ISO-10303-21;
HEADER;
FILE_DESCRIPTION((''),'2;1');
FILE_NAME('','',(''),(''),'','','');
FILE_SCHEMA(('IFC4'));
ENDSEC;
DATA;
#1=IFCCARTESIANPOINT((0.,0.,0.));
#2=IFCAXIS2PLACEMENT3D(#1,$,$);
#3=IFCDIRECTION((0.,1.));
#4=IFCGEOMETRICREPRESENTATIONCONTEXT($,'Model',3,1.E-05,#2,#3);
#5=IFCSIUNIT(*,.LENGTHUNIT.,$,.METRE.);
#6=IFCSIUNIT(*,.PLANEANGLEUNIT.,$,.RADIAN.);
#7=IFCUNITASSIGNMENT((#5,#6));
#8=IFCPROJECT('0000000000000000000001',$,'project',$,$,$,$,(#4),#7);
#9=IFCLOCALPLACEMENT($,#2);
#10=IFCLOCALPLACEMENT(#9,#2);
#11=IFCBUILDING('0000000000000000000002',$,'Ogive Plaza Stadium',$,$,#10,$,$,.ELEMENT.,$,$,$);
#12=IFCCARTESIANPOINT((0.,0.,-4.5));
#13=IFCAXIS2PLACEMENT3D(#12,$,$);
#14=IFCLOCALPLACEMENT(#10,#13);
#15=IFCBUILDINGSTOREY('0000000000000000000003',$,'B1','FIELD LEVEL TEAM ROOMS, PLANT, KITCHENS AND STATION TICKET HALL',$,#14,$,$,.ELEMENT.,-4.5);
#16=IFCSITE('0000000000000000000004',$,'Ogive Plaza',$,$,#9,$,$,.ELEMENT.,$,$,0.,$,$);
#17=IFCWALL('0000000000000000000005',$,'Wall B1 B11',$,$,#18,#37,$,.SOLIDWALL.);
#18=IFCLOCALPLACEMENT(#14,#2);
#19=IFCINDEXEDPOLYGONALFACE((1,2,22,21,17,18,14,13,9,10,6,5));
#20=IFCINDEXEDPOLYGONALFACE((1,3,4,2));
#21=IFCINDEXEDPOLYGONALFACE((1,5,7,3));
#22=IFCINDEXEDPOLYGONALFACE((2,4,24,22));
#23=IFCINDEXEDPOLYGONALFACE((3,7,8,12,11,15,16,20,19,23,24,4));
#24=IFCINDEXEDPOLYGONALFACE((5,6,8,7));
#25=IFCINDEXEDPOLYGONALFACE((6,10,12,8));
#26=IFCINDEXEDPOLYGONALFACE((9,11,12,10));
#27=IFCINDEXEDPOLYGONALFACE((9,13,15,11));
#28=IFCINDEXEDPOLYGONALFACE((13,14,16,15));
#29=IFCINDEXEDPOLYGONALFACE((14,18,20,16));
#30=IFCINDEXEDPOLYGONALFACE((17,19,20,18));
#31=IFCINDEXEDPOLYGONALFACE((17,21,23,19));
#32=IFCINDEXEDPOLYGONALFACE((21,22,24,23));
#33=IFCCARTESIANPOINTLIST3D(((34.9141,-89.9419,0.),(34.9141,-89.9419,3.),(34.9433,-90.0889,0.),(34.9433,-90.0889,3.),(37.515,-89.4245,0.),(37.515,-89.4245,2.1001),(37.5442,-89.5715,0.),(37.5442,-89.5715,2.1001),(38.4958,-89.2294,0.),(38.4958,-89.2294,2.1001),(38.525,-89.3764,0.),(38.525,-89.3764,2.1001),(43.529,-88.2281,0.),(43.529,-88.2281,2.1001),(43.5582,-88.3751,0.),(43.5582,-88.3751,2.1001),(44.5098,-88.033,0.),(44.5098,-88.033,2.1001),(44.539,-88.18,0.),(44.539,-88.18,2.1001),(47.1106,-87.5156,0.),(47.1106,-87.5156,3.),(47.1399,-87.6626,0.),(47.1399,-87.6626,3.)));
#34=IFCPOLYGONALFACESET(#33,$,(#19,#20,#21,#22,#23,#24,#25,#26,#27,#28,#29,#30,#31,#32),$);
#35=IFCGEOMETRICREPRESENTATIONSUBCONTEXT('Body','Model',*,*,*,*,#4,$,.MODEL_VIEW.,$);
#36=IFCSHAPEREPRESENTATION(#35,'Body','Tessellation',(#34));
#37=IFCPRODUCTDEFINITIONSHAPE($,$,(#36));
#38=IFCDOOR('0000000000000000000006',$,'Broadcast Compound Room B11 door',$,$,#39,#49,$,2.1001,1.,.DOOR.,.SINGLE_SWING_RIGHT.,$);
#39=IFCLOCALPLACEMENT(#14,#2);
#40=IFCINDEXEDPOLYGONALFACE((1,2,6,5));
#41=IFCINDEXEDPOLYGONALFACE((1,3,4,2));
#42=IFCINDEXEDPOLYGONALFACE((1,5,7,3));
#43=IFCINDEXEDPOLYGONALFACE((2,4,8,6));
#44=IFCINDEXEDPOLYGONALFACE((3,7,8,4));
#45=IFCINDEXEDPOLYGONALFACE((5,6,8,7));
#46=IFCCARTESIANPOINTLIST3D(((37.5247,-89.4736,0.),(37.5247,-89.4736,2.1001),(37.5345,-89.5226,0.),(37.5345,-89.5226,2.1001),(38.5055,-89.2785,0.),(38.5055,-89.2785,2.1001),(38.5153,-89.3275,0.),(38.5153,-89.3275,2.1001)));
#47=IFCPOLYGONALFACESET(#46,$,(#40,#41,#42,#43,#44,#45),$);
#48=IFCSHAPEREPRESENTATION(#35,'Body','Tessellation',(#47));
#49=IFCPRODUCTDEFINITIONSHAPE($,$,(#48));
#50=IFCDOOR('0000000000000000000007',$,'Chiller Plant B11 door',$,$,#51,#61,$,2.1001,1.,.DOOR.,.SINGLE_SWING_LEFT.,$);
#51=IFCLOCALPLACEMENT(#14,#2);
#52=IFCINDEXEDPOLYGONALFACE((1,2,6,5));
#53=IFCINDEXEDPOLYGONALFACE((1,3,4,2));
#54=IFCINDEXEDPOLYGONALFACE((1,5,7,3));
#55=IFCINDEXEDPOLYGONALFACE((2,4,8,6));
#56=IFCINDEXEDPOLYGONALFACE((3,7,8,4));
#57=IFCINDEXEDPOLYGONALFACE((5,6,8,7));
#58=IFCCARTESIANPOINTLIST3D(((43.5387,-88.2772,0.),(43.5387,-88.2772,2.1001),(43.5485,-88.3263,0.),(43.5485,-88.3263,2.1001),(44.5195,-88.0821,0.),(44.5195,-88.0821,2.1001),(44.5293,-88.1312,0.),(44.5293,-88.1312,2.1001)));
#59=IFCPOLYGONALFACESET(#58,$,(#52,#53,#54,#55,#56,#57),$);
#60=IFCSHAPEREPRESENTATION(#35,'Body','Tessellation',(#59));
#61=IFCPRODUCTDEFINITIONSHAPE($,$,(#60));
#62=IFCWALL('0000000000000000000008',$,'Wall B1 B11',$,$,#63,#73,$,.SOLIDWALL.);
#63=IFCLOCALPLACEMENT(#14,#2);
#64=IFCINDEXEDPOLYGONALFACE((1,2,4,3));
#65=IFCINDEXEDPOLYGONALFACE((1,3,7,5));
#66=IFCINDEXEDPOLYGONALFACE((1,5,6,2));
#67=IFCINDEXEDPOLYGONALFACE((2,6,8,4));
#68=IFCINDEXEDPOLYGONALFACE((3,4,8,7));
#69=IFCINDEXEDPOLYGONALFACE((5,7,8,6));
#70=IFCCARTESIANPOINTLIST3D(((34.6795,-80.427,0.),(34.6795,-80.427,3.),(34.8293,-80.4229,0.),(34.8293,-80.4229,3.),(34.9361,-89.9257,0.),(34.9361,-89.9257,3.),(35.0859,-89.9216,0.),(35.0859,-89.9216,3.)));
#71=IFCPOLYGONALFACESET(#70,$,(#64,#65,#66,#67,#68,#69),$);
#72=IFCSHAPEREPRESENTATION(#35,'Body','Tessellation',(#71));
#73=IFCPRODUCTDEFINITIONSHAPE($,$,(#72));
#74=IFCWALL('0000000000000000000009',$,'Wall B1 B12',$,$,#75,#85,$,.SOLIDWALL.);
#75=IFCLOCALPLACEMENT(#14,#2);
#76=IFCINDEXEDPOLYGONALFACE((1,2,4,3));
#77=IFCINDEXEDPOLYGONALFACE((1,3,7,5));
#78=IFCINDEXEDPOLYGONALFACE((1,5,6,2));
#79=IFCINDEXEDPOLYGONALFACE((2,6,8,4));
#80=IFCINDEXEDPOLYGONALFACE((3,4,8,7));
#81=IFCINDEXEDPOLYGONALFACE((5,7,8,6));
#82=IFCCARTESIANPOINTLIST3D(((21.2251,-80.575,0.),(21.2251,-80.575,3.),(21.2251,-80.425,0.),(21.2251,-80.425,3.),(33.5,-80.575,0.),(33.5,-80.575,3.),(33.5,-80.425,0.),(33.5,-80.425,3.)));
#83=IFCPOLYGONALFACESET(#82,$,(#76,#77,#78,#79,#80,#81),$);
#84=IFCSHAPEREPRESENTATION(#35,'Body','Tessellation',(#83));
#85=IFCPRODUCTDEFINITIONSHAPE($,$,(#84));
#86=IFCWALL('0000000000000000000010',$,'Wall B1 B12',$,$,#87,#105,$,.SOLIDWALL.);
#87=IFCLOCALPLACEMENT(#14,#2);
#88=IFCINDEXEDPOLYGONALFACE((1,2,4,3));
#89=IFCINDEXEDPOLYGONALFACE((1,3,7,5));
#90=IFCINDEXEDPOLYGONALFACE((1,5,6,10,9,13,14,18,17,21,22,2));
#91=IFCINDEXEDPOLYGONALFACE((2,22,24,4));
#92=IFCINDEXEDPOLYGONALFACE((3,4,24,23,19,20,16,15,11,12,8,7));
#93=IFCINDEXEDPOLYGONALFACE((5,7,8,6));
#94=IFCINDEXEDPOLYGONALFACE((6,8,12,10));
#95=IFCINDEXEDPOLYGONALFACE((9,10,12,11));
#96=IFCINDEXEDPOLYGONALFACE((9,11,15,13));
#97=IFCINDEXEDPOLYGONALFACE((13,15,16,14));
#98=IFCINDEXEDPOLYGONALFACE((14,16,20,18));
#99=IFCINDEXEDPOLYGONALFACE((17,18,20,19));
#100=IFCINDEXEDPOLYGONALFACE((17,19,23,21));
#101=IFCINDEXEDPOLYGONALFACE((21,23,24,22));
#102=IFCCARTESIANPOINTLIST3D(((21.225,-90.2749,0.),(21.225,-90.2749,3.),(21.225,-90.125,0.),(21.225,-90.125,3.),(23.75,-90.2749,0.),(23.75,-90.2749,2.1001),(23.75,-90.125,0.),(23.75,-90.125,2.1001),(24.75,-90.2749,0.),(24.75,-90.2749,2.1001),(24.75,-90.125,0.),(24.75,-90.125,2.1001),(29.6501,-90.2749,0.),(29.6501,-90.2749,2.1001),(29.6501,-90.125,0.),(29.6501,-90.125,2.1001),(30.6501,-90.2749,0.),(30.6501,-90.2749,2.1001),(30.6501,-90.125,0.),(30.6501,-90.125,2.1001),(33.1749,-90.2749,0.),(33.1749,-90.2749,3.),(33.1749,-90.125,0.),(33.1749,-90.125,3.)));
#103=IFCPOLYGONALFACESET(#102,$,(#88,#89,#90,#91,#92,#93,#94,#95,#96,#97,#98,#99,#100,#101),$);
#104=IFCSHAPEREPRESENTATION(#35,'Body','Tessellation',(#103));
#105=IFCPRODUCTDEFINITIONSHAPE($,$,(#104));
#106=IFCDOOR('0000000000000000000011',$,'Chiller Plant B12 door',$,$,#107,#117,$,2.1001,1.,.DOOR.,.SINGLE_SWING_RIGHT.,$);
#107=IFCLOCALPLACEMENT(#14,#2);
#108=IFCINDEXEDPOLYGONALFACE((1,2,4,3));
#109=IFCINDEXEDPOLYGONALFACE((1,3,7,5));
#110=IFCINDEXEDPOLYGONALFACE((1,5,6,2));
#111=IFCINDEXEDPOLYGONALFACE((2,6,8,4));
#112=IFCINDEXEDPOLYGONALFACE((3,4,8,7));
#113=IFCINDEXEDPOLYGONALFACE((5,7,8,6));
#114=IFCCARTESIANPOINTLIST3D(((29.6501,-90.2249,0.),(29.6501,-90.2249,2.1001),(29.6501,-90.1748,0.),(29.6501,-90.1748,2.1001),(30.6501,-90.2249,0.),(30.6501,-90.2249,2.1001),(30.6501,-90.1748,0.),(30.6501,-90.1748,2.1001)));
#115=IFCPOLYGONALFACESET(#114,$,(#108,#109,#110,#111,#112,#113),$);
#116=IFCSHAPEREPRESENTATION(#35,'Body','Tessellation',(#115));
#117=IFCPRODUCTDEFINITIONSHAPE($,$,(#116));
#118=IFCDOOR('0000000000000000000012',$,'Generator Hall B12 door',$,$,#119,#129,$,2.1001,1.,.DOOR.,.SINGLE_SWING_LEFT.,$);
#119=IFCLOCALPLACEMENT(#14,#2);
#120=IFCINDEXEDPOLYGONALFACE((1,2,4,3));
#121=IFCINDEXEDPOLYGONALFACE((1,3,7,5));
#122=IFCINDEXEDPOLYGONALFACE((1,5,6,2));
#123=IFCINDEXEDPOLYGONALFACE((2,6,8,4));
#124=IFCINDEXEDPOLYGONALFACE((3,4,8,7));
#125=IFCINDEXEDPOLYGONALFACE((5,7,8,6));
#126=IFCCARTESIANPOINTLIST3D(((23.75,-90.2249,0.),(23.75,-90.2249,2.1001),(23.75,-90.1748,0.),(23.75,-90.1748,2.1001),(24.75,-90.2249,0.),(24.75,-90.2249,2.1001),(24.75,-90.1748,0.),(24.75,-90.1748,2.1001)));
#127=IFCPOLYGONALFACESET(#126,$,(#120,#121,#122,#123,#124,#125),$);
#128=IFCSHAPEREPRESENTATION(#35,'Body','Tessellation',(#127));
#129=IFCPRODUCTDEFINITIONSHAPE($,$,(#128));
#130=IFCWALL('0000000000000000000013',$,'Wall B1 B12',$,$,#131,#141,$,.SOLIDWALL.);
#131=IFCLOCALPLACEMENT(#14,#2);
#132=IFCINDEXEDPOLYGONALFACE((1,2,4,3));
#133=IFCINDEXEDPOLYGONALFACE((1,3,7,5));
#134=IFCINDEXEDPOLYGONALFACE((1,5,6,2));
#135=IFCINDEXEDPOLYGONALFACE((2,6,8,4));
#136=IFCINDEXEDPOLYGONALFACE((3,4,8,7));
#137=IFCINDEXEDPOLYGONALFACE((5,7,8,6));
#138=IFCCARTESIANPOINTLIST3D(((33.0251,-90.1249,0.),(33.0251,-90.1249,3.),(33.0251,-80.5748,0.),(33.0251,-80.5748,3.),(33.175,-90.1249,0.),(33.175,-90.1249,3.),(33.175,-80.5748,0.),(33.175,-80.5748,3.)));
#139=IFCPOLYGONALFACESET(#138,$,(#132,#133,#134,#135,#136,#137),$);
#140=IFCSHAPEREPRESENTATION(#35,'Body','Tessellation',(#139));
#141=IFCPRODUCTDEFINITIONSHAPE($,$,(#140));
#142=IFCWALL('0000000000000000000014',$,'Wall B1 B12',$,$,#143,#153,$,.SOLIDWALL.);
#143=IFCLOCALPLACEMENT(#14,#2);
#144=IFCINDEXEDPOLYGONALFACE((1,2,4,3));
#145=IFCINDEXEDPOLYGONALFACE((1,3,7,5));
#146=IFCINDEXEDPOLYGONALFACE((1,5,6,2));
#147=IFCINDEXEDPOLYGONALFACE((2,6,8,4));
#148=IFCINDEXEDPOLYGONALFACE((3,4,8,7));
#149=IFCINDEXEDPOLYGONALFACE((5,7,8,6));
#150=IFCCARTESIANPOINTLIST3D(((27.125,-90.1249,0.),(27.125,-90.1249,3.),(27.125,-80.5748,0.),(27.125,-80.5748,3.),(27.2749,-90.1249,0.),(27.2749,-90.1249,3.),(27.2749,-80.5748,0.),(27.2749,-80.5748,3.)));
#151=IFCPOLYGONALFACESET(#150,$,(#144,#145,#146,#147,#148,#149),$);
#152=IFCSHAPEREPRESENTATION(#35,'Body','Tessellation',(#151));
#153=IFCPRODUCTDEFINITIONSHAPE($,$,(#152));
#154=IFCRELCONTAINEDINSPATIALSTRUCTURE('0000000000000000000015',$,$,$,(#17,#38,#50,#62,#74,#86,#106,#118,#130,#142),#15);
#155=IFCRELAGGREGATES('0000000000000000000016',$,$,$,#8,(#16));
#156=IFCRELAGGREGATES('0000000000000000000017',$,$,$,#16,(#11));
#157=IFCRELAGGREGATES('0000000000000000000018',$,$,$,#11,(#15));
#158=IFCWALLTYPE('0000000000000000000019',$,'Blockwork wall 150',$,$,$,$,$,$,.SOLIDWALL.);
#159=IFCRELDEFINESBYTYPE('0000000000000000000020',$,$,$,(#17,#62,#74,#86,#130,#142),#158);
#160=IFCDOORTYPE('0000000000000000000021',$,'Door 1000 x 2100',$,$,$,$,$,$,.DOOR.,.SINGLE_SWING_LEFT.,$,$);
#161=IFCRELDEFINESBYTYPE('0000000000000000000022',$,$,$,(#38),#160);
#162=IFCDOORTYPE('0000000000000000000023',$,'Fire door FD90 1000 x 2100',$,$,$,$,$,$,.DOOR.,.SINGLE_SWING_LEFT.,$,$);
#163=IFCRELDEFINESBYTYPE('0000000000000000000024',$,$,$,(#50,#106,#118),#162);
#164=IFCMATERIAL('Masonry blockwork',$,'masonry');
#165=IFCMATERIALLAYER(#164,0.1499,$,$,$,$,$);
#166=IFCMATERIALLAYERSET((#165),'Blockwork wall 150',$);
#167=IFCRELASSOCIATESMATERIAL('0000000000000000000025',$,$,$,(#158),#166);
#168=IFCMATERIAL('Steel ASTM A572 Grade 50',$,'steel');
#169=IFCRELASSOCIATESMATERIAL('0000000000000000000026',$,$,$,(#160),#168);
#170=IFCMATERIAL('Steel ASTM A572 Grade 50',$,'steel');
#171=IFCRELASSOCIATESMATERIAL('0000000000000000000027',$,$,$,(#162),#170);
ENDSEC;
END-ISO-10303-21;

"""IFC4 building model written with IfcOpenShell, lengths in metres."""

from ifc_helpers import new_model, si_unit, direction, frame, frame_2d, origin, place, context, subcontext, project, spatial, rectangle, extrude, material, layer, layer_set, type_object, element, fill, save


model = new_model("IFC4")

# Units and contexts
model_context = context("Model", 3, precision=1e-05, world=origin(), true_north=direction((0.0, 1.0)))
body_context = subcontext(model_context, "Body", "Model", "MODEL_VIEW")
ifc_project = project(units=[si_unit("LENGTHUNIT", "METRE"), si_unit("PLANEANGLEUNIT", "RADIAN")], contexts=[model_context])

# Site, building, storey
site_placement = place(None, origin())
site = spatial("IfcSite", under=ifc_project, at=site_placement, Name="Ogive Plaza", CompositionType="ELEMENT", RefElevation=0.0)
building_placement = place(site_placement, origin())
building = spatial("IfcBuilding", under=site, at=building_placement, Name="Ogive Plaza Stadium", CompositionType="ELEMENT")
storey_placement = place(building_placement, frame((0.0, 0.0, -4.5)))
storey = spatial("IfcBuildingStorey", under=building, at=storey_placement, Name="B1", Description="FIELD LEVEL TEAM ROOMS, PLANT, KITCHENS AND STATION TICKET HALL", CompositionType="ELEMENT", Elevation=-4.5)

# Shared definitions
ifc_material_1 = material(Name="Masonry blockwork", Category="masonry")
ifc_layer_1 = layer(ifc_material_1, 0.1499)
ifc_layer_set_1 = layer_set([ifc_layer_1], Name="Blockwork wall 150")
wall_type = type_object("IfcWallType", Name="Blockwork wall 150", PredefinedType="SOLIDWALL", material=ifc_layer_set_1)

# Wall, openings, doors
wall_1_placement = place(storey_placement, frame((34.9287, -90.0154, 0.0), z_axis=(0.0, 0.0, 1.0), x_axis=(0.980782, 0.195108, 0.0)))
wall_1 = element("IfcWall", 1, at=wall_1_placement, inside=storey, type_object=wall_type, Name="Wall B1 B11", PredefinedType="SOLIDWALL", context=body_context, shape_type="SweptSolid", body=[
    extrude(rectangle(XDim=12.4355, YDim=0.1499, at=frame_2d((6.2178, 0.0))), origin(), (0.0, 0.0, 1.0), 3.0),
])
opening_1_placement = place(wall_1_placement, frame((2.6519, 0.0, 0.0)))
opening_1 = element("IfcOpeningElement", 2, at=opening_1_placement, cuts=wall_1, PredefinedType="OPENING", context=body_context, shape_type="SweptSolid", body=[
    extrude(rectangle(XDim=1.0, YDim=2.1001, at=frame_2d((0.5, 1.05))), frame((0.0, 0.075, 0.0), z_axis=(0.0, -1.0, 0.0), x_axis=(1.0, 0.0, 0.0)), (0.0, 0.0, 1.0), 0.1499),
])
opening_2_placement = place(wall_1_placement, frame((8.7837, 0.0, 0.0)))
opening_2 = element("IfcOpeningElement", 3, at=opening_2_placement, cuts=wall_1, PredefinedType="OPENING", context=body_context, shape_type="SweptSolid", body=[
    extrude(rectangle(XDim=1.0, YDim=2.1001, at=frame_2d((0.5, 1.05))), frame((0.0, 0.075, 0.0), z_axis=(0.0, -1.0, 0.0), x_axis=(1.0, 0.0, 0.0)), (0.0, 0.0, 1.0), 0.1499),
])
ifc_material_2 = material(Name="Steel ASTM A572 Grade 50", Category="steel")
door_type_1 = type_object("IfcDoorType", Name="Door 1000 x 2100", OperationType="SINGLE_SWING_LEFT", PredefinedType="DOOR", material=ifc_material_2)
door_1_placement = place(opening_1_placement, origin())
door_1 = element("IfcDoor", 4, at=door_1_placement, inside=storey, type_object=door_type_1, Name="Broadcast Compound Room B11 door", OperationType="SINGLE_SWING_RIGHT", OverallHeight=2.1001, OverallWidth=1.0, PredefinedType="DOOR", context=body_context, shape_type="SweptSolid", body=[
    extrude(rectangle(XDim=1.0, YDim=2.1001, at=frame_2d((0.5, 1.05))), frame((0.0, 0.0249, 0.0), z_axis=(0.0, -1.0, 0.0), x_axis=(1.0, 0.0, 0.0)), (0.0, 0.0, 1.0), 0.05),
])
fill(opening_1, door_1)
ifc_material_3 = material(Name="Steel ASTM A572 Grade 50", Category="steel")
door_type_2 = type_object("IfcDoorType", Name="Fire door FD90 1000 x 2100", OperationType="SINGLE_SWING_LEFT", PredefinedType="DOOR", material=ifc_material_3)
door_2_placement = place(opening_2_placement, origin())
door_2 = element("IfcDoor", 5, at=door_2_placement, inside=storey, type_object=door_type_2, Name="Chiller Plant B11 door", OperationType="SINGLE_SWING_LEFT", OverallHeight=2.1001, OverallWidth=1.0, PredefinedType="DOOR", context=body_context, shape_type="SweptSolid", body=[
    extrude(rectangle(XDim=1.0, YDim=2.1001, at=frame_2d((0.5, 1.05))), frame((0.0, 0.0249, 0.0), z_axis=(0.0, -1.0, 0.0), x_axis=(1.0, 0.0, 0.0)), (0.0, 0.0, 1.0), 0.05),
])
fill(opening_2, door_2)

# Walls
wall_2_placement = place(storey_placement, frame((34.7544, -80.425, 0.0), z_axis=(0.0, 0.0, 1.0), x_axis=(0.027003, -0.999635, 0.0)))
element("IfcWall", 6, at=wall_2_placement, inside=storey, type_object=wall_type, Name="Wall B1 B11", PredefinedType="SOLIDWALL", context=body_context, shape_type="SweptSolid", body=[
    extrude(rectangle(XDim=9.5022, YDim=0.1499, at=frame_2d((4.751, 0.0))), origin(), (0.0, 0.0, 1.0), 3.0),
])
wall_3_placement = place(storey_placement, frame((33.5, -80.5, 0.0), z_axis=(0.0, 0.0, 1.0), x_axis=(-1.0, 0.0, 0.0)))
element("IfcWall", 7, at=wall_3_placement, inside=storey, type_object=wall_type, Name="Wall B1 B12", PredefinedType="SOLIDWALL", context=body_context, shape_type="SweptSolid", body=[
    extrude(rectangle(XDim=12.2749, YDim=0.1499, at=frame_2d((6.1375, 0.0))), origin(), (0.0, 0.0, 1.0), 3.0),
])

# Wall, openings, doors
wall_4_placement = place(storey_placement, frame((33.175, -90.2, 0.0), z_axis=(0.0, 0.0, 1.0), x_axis=(-1.0, 0.0, 0.0)))
wall_4 = element("IfcWall", 8, at=wall_4_placement, inside=storey, type_object=wall_type, Name="Wall B1 B12", PredefinedType="SOLIDWALL", context=body_context, shape_type="SweptSolid", body=[
    extrude(rectangle(XDim=11.95, YDim=0.1499, at=frame_2d((5.9751, 0.0))), origin(), (0.0, 0.0, 1.0), 3.0),
])
opening_3_placement = place(wall_4_placement, frame((2.5249, 0.0, 0.0)))
opening_3 = element("IfcOpeningElement", 9, at=opening_3_placement, cuts=wall_4, PredefinedType="OPENING", context=body_context, shape_type="SweptSolid", body=[
    extrude(rectangle(XDim=1.0, YDim=2.1001, at=frame_2d((0.5, 1.05))), frame((0.0, 0.075, 0.0), z_axis=(0.0, -1.0, 0.0), x_axis=(1.0, 0.0, 0.0)), (0.0, 0.0, 1.0), 0.1499),
])
opening_4_placement = place(wall_4_placement, frame((8.425, 0.0, 0.0)))
opening_4 = element("IfcOpeningElement", 10, at=opening_4_placement, cuts=wall_4, PredefinedType="OPENING", context=body_context, shape_type="SweptSolid", body=[
    extrude(rectangle(XDim=1.0, YDim=2.1001, at=frame_2d((0.5, 1.05))), frame((0.0, 0.075, 0.0), z_axis=(0.0, -1.0, 0.0), x_axis=(1.0, 0.0, 0.0)), (0.0, 0.0, 1.0), 0.1499),
])
door_3_placement = place(opening_3_placement, origin())
door_3 = element("IfcDoor", 11, at=door_3_placement, inside=storey, type_object=door_type_2, Name="Chiller Plant B12 door", OperationType="SINGLE_SWING_RIGHT", OverallHeight=2.1001, OverallWidth=1.0, PredefinedType="DOOR", context=body_context, shape_type="SweptSolid", body=[
    extrude(rectangle(XDim=1.0, YDim=2.1001, at=frame_2d((0.5, 1.05))), frame((0.0, 0.0249, 0.0), z_axis=(0.0, -1.0, 0.0), x_axis=(1.0, 0.0, 0.0)), (0.0, 0.0, 1.0), 0.05),
])
fill(opening_3, door_3)
door_4_placement = place(opening_4_placement, origin())
door_4 = element("IfcDoor", 12, at=door_4_placement, inside=storey, type_object=door_type_2, Name="Generator Hall B12 door", OperationType="SINGLE_SWING_LEFT", OverallHeight=2.1001, OverallWidth=1.0, PredefinedType="DOOR", context=body_context, shape_type="SweptSolid", body=[
    extrude(rectangle(XDim=1.0, YDim=2.1001, at=frame_2d((0.5, 1.05))), frame((0.0, 0.0249, 0.0), z_axis=(0.0, -1.0, 0.0), x_axis=(1.0, 0.0, 0.0)), (0.0, 0.0, 1.0), 0.05),
])
fill(opening_4, door_4)

# Walls
for number, where, z_axis, x_axis, name in (
    (13, (33.1001, -80.575, 0.0), (0.0, 0.0, 1.0), (0.0, -1.0, 0.0), "Wall B1 B12"),
    (14, (27.2, -80.575, 0.0), (0.0, 0.0, 1.0), (0.0, -1.0, 0.0), "Wall B1 B12"),
):
    element("IfcWall", number, at=place(storey_placement, frame(where, z_axis=z_axis, x_axis=x_axis)), inside=storey, type_object=wall_type, Name=name, PredefinedType="SOLIDWALL", context=body_context, shape_type="SweptSolid", body=[
        extrude(rectangle(XDim=9.55, YDim=0.1499, at=frame_2d((4.7749, 0.0))), origin(), (0.0, 0.0, 1.0), 3.0),
    ])

save(model, "model.ifc")
